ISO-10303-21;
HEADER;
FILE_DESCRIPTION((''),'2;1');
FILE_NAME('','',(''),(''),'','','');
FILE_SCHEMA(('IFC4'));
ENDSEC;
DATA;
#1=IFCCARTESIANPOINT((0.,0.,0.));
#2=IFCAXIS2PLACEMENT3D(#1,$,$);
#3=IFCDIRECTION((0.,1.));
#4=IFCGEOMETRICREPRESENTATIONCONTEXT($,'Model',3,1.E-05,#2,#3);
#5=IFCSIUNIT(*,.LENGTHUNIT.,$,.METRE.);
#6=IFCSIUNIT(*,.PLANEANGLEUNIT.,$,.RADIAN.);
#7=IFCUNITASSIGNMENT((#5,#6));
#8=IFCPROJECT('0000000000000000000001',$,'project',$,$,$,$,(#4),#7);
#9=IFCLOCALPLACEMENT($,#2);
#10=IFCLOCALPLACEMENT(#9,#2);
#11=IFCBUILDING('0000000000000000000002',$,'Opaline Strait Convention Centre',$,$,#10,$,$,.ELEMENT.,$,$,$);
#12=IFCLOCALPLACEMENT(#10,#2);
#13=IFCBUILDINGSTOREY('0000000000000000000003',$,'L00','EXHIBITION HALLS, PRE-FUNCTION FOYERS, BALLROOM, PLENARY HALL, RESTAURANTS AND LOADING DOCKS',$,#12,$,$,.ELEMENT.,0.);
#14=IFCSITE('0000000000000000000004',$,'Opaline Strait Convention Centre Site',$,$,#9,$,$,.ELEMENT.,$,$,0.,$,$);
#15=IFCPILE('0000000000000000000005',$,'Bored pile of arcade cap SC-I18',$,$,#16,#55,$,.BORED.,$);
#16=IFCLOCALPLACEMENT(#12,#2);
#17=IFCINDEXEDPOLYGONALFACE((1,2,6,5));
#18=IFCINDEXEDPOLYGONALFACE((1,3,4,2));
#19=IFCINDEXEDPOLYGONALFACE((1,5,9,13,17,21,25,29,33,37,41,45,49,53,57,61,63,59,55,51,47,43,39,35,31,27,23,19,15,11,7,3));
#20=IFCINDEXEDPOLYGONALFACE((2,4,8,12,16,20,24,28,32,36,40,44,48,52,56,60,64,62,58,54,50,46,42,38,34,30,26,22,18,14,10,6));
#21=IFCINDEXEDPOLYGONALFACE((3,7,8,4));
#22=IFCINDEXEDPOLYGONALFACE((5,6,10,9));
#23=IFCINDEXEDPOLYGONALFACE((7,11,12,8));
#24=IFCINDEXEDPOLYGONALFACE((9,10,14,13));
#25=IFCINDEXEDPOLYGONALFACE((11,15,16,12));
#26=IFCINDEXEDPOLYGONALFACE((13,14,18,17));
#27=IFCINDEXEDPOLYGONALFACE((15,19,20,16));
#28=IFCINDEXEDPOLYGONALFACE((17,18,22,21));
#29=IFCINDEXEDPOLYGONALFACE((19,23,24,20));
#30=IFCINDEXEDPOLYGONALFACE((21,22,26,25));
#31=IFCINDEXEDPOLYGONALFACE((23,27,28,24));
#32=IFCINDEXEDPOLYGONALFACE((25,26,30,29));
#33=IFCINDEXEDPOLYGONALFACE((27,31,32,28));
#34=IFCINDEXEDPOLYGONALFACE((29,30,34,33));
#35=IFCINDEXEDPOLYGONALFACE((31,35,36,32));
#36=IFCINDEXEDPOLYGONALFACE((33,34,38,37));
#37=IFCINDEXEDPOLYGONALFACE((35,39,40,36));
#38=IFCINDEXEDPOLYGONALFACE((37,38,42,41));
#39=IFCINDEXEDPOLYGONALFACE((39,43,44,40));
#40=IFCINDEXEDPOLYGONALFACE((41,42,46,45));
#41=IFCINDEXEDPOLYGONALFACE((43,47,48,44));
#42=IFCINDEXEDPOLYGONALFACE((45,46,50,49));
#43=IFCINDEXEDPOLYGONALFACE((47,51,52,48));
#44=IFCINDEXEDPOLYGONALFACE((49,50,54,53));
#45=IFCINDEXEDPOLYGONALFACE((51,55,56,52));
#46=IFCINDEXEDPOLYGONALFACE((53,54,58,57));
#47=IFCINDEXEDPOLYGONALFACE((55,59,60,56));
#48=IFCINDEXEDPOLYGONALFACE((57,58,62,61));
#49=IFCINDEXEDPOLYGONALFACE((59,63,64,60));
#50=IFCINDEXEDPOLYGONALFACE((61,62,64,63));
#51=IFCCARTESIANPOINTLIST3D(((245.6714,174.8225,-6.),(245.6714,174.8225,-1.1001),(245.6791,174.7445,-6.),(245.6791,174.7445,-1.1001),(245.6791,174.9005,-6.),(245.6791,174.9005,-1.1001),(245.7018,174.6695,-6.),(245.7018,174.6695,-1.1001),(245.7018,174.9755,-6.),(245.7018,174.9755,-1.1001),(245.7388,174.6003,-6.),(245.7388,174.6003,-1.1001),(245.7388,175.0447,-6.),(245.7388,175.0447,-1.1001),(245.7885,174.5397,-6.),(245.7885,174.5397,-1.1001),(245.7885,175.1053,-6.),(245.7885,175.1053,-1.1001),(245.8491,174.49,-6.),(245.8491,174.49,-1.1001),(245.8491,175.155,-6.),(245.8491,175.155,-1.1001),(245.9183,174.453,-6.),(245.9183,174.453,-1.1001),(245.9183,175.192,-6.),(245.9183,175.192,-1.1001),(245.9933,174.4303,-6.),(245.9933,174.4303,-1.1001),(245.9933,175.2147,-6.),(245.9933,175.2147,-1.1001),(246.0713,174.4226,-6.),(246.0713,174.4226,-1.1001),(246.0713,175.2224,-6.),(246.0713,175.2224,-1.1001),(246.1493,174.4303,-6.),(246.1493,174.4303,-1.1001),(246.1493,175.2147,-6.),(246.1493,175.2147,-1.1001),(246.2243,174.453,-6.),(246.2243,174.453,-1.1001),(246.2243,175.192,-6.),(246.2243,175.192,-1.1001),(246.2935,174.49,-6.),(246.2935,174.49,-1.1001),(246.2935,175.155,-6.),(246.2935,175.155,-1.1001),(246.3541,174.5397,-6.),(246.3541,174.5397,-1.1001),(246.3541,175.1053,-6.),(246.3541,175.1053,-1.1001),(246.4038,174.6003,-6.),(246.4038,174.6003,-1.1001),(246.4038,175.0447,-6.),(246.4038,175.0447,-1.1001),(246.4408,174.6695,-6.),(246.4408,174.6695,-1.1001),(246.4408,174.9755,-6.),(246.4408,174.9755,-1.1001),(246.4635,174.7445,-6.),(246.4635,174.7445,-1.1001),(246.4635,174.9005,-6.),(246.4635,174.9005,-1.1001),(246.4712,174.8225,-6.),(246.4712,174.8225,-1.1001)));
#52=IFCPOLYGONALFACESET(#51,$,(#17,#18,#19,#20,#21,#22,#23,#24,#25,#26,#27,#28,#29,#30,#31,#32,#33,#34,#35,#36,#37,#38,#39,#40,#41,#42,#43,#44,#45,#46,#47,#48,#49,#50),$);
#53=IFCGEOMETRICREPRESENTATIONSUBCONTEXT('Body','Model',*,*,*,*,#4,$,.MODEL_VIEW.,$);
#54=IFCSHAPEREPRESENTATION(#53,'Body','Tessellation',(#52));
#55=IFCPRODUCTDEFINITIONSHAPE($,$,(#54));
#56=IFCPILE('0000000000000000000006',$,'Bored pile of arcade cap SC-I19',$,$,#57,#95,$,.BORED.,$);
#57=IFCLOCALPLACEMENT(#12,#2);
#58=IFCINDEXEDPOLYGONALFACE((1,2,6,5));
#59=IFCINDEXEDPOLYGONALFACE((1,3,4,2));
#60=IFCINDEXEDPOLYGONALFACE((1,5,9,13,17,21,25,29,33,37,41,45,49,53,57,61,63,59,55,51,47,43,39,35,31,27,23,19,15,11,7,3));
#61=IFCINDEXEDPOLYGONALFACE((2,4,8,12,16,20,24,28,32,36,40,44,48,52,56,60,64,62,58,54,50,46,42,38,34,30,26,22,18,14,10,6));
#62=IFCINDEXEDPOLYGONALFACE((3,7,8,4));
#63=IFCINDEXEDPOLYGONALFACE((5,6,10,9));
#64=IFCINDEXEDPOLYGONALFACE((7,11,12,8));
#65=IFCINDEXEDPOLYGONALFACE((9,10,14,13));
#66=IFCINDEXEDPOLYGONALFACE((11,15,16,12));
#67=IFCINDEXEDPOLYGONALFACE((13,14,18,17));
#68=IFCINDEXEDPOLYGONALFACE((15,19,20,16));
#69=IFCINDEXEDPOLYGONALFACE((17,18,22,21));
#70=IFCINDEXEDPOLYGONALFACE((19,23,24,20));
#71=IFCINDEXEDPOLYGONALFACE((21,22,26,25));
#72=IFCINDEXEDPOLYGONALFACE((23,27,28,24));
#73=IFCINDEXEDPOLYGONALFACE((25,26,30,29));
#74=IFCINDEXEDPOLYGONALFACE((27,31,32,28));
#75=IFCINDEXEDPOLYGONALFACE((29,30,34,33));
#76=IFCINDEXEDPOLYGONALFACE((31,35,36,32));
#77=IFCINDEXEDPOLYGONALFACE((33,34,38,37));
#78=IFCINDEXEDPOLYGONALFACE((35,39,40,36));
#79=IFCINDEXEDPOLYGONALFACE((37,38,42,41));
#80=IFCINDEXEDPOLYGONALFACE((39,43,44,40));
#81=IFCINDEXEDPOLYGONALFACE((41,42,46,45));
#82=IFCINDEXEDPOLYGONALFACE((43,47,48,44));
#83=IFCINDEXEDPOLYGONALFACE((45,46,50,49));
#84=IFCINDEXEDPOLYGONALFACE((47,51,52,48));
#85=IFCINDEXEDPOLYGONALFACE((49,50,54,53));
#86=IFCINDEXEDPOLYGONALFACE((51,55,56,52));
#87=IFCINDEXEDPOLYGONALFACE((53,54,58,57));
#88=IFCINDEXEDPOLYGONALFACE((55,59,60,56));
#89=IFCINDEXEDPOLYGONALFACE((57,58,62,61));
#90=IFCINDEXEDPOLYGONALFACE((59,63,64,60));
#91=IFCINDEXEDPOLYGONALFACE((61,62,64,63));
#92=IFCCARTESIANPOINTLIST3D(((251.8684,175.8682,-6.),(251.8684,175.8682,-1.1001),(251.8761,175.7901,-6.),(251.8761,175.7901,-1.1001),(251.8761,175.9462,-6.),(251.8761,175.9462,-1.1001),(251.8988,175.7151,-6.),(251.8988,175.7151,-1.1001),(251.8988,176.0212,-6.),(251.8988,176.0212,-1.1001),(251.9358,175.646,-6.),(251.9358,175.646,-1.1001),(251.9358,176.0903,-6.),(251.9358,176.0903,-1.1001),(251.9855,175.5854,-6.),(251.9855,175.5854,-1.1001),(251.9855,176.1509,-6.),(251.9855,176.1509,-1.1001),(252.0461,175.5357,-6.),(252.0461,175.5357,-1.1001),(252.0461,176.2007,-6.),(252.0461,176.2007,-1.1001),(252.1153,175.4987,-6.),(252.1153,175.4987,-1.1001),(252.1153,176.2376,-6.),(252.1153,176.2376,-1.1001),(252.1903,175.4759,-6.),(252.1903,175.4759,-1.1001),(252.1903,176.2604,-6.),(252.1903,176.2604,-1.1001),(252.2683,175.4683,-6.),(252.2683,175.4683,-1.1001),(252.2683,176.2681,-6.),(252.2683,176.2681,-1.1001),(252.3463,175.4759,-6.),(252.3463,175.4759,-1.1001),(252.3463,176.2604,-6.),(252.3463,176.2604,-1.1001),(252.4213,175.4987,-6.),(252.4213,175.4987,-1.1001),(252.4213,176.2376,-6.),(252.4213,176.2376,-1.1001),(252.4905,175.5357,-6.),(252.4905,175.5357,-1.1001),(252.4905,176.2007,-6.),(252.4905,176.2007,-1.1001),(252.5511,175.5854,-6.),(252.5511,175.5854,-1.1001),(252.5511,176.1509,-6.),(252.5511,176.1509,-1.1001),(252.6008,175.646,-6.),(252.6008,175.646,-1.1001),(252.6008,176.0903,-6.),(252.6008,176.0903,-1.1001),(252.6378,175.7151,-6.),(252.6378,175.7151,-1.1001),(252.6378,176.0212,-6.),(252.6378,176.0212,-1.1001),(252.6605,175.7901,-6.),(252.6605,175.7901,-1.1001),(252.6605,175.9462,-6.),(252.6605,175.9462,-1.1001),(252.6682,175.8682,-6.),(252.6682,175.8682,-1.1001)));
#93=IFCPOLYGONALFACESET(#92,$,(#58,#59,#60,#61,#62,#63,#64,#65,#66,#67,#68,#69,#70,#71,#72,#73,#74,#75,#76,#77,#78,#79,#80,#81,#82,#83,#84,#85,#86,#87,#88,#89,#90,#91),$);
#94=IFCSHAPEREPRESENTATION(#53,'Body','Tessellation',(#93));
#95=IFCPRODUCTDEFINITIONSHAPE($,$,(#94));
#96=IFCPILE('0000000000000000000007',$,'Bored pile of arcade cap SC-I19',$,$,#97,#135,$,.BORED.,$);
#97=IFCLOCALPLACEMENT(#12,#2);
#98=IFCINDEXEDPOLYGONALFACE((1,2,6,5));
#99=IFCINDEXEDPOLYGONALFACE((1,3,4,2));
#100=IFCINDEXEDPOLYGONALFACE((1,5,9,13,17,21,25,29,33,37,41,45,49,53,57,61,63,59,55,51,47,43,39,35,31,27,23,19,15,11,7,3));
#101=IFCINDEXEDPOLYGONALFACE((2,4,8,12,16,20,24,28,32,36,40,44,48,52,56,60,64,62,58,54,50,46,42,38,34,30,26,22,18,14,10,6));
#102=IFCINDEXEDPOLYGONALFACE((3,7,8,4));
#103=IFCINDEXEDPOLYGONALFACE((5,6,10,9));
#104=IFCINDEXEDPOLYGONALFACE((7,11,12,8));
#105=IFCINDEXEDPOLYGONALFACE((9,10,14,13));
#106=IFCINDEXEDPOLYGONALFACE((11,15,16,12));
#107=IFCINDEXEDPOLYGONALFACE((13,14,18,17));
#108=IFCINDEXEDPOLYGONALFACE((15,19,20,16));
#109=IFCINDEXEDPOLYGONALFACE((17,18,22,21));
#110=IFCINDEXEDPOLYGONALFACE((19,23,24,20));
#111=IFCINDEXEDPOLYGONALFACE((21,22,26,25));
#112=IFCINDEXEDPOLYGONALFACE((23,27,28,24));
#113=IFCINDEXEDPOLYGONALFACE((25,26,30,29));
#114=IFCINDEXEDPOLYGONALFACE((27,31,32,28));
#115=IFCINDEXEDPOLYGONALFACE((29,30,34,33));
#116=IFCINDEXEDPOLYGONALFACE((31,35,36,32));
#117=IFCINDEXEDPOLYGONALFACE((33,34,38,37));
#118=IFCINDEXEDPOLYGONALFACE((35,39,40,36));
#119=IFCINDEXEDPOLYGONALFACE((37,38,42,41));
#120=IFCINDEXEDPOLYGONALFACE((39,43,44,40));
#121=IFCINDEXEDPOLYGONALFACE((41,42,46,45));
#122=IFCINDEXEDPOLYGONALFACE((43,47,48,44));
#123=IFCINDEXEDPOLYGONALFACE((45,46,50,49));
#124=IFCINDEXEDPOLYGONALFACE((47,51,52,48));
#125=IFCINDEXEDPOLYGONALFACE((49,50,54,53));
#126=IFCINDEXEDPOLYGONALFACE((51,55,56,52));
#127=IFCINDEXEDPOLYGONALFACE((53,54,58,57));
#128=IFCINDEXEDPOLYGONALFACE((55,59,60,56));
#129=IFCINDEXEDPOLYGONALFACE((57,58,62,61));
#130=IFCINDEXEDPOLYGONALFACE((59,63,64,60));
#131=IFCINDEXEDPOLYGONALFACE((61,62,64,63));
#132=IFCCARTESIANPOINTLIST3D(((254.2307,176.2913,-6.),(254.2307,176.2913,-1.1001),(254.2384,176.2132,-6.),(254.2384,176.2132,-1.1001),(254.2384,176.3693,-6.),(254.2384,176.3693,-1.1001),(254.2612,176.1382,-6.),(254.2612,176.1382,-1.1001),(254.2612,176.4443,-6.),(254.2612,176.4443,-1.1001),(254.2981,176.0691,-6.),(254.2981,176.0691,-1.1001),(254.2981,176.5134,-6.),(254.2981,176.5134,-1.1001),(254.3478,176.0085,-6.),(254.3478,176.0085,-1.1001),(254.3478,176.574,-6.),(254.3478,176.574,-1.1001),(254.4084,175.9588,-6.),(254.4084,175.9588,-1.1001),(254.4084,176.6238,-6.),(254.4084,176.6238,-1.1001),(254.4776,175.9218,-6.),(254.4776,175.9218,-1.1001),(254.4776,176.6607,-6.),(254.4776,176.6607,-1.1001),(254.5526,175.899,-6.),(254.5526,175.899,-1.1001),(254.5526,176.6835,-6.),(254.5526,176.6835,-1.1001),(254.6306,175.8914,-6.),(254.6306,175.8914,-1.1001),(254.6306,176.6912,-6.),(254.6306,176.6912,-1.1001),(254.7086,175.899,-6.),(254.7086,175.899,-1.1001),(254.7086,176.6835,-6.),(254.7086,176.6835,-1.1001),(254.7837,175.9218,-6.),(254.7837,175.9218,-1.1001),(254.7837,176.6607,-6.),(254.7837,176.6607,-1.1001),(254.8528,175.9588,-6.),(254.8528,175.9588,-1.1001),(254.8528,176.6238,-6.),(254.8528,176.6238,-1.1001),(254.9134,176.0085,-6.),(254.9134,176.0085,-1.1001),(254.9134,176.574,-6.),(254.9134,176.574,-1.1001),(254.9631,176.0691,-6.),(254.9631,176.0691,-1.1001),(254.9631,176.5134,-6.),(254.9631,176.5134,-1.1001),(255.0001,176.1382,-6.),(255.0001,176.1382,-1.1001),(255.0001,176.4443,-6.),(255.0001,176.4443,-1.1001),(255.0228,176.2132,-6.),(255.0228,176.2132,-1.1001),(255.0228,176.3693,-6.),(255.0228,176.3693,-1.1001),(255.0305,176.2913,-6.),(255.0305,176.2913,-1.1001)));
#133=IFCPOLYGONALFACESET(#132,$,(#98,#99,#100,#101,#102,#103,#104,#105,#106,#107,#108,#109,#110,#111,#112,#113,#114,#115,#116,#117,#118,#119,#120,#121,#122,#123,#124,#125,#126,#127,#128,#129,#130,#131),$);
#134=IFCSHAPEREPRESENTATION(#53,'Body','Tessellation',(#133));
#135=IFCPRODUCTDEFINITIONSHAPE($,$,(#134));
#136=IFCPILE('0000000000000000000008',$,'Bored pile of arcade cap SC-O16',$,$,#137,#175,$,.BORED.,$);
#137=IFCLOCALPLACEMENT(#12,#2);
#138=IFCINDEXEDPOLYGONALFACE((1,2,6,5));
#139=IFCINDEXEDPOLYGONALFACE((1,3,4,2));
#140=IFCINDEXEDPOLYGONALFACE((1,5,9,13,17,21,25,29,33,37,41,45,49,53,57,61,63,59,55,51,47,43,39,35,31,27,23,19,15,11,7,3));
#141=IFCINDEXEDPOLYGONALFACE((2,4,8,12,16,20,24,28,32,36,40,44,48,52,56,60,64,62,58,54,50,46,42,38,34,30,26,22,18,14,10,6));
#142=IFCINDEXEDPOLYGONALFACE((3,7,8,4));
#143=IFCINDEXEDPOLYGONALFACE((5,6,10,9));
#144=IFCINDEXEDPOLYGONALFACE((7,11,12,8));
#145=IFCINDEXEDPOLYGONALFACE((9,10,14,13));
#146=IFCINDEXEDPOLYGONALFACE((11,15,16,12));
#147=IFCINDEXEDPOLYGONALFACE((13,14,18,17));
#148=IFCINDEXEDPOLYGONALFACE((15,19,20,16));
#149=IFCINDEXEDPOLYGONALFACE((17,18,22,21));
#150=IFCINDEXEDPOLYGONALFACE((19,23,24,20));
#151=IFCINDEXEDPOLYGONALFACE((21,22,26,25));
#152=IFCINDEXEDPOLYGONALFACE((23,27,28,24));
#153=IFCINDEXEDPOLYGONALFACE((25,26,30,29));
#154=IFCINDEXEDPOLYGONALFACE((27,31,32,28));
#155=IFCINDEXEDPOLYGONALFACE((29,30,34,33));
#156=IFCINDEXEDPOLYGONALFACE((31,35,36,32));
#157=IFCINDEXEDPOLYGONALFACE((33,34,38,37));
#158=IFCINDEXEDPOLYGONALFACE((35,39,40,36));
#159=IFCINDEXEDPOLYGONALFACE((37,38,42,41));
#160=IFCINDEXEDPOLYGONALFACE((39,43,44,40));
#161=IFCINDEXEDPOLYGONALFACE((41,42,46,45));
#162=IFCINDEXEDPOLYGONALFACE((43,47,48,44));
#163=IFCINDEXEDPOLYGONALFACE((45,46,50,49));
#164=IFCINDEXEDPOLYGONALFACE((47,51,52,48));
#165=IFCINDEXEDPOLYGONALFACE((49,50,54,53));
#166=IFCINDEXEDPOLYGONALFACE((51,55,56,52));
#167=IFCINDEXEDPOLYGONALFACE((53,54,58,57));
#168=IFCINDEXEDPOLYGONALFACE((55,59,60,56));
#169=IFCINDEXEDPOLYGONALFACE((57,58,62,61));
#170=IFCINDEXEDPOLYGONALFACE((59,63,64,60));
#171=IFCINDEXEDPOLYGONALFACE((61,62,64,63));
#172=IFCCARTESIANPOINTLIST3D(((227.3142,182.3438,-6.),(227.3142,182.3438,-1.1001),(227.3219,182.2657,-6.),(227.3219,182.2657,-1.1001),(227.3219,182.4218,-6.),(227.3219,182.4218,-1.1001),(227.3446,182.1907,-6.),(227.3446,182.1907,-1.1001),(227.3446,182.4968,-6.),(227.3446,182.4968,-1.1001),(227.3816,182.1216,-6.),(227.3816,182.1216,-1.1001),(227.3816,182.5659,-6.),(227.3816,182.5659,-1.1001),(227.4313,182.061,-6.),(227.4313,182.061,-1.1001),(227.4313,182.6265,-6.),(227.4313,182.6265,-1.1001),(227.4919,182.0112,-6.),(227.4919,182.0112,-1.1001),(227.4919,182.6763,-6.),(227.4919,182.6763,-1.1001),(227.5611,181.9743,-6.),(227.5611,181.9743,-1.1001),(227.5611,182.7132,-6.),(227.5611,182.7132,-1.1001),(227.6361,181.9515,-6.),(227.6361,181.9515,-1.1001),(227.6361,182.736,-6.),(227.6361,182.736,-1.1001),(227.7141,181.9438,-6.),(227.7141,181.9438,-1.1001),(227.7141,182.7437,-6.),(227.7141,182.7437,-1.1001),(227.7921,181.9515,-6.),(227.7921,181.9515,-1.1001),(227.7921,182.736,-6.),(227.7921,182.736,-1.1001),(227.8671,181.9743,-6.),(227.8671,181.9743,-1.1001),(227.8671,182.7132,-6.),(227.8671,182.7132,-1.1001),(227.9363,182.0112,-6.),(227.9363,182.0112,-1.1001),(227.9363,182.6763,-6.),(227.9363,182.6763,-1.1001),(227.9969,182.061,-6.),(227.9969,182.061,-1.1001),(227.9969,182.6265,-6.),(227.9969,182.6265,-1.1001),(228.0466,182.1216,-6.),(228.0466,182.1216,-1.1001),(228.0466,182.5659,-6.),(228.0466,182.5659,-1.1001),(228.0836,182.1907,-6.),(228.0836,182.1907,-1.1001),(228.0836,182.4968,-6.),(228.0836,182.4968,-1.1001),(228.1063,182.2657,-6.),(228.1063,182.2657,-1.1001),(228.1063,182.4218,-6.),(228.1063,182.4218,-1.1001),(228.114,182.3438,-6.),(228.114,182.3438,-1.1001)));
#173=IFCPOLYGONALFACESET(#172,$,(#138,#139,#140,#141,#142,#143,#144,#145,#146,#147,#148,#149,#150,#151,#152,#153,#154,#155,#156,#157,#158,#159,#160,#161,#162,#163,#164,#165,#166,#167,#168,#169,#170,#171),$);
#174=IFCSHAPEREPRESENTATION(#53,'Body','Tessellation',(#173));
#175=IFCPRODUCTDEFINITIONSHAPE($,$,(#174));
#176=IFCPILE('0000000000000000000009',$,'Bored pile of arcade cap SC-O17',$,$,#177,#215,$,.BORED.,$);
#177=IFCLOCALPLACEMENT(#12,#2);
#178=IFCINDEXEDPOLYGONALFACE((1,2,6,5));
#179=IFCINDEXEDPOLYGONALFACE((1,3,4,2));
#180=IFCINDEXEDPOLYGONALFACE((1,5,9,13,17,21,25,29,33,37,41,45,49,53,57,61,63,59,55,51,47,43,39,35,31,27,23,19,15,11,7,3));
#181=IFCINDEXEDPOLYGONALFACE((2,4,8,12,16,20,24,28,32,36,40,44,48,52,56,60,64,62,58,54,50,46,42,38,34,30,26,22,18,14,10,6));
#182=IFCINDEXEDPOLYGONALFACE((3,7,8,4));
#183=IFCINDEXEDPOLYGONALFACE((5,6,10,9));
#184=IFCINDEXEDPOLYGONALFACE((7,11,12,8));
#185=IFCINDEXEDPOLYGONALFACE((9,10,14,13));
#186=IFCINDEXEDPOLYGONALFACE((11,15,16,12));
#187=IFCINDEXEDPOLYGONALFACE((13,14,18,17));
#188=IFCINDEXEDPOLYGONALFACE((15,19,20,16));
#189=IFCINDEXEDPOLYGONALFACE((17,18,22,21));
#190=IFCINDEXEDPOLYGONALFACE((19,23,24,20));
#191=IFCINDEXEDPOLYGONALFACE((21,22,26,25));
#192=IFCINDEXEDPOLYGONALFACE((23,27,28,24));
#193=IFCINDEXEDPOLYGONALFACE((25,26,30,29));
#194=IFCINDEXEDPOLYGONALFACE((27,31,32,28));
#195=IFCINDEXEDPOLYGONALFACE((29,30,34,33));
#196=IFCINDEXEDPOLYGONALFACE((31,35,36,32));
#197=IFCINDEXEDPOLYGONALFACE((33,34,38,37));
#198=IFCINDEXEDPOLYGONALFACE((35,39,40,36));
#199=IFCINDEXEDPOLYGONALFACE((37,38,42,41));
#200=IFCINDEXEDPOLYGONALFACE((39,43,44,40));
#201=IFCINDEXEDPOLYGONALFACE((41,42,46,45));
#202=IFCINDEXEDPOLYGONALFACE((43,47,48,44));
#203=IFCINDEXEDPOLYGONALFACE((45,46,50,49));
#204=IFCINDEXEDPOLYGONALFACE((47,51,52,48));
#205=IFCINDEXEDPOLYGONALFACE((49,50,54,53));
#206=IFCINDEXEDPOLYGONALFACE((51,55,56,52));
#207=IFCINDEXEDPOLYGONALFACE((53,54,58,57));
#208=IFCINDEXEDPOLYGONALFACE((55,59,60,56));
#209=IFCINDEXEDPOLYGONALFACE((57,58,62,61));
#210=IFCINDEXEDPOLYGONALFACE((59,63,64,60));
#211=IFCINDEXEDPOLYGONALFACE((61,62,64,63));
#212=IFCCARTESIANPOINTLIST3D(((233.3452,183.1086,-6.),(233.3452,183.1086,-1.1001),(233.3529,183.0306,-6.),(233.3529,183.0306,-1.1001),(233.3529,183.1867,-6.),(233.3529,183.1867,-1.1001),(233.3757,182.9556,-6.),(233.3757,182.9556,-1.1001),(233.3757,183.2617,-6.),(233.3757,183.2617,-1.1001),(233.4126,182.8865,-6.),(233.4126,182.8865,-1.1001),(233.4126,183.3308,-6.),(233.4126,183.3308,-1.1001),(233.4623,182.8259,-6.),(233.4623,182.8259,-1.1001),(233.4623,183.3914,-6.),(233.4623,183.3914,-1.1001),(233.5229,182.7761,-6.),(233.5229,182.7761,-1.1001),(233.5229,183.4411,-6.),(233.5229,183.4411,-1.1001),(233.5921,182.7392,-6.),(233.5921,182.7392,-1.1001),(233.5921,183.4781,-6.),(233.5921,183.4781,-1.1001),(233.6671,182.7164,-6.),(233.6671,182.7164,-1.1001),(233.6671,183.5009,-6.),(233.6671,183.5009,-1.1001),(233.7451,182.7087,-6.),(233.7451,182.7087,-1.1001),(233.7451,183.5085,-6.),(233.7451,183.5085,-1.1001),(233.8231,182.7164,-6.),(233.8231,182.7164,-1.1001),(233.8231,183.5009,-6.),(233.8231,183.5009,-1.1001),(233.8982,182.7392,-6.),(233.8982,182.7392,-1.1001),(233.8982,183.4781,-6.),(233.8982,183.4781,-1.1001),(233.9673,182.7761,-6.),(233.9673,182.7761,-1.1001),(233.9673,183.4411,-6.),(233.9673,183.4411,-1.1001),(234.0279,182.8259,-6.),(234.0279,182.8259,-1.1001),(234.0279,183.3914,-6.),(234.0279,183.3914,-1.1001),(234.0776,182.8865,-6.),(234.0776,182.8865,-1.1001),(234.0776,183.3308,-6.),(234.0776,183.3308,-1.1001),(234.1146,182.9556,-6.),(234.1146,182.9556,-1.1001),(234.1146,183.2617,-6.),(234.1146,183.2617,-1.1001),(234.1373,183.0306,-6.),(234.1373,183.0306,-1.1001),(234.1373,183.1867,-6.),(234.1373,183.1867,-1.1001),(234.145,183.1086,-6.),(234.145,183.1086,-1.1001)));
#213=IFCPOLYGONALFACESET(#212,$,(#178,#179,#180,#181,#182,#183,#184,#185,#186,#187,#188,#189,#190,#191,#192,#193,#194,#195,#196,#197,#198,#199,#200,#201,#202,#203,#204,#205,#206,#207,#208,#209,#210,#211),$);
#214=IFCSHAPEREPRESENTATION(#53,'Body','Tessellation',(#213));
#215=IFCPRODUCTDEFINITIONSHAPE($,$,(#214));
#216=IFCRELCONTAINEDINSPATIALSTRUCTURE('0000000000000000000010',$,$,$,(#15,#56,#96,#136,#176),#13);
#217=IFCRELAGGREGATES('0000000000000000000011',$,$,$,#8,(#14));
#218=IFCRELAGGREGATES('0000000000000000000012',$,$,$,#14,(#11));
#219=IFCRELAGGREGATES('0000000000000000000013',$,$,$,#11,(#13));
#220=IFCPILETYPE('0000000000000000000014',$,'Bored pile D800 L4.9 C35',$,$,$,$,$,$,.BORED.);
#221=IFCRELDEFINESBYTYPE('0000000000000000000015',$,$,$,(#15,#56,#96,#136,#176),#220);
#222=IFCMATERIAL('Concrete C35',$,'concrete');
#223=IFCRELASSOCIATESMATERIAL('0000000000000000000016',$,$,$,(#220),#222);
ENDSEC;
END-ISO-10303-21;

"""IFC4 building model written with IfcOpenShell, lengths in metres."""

from ifc_helpers import new_model, si_unit, direction, frame, origin, origin_2d, place, context, subcontext, project, spatial, circle, extrude, material, material_profile, profile_set, type_object, element, save


model = new_model("IFC4")

# Units and contexts
model_context = context("Model", 3, precision=1e-05, world=origin(), true_north=direction((0.0, 1.0)))
body_context = subcontext(model_context, "Body", "Model", "MODEL_VIEW")
ifc_project = project(units=[si_unit("LENGTHUNIT", "METRE"), si_unit("PLANEANGLEUNIT", "RADIAN")], contexts=[model_context])

# Site, building, storey
site_placement = place(None, origin())
site = spatial("IfcSite", under=ifc_project, at=site_placement, Name="Opaline Strait Convention Centre Site", CompositionType="ELEMENT", RefElevation=0.0)
building_placement = place(site_placement, origin())
building = spatial("IfcBuilding", under=site, at=building_placement, Name="Opaline Strait Convention Centre", CompositionType="ELEMENT")
storey_placement = place(building_placement, origin())
storey = spatial("IfcBuildingStorey", under=building, at=storey_placement, Name="L00", Description="EXHIBITION HALLS, PRE-FUNCTION FOYERS, BALLROOM, PLENARY HALL, RESTAURANTS AND LOADING DOCKS", CompositionType="ELEMENT", Elevation=0.0)

# Piles
ifc_material_1 = material(Name="Concrete C35", Category="concrete")
ifc_material_profile_1 = material_profile(ifc_material_1, circle(Radius=0.3999, at=origin_2d()), Name="D800")
ifc_profile_set_1 = profile_set([ifc_material_profile_1], Name="Concrete C35")
pile_type_1 = type_object("IfcPileType", Name="Bored pile D800 L4.9 C35", PredefinedType="BORED", material=ifc_profile_set_1)
for number, where, z_axis, x_axis, name in (
    (1, (246.0713, 174.8225, -1.1001), (0.0, 0.0, -1.0), (1.0, 0.0, 0.0), "Bored pile of arcade cap SC-I18"),
    (2, (252.2683, 175.8682, -1.1001), (0.0, 0.0, -1.0), (1.0, 0.0, 0.0), "Bored pile of arcade cap SC-I19"),
    (3, (254.6306, 176.2913, -1.1001), (0.0, 0.0, -1.0), (1.0, 0.0, 0.0), "Bored pile of arcade cap SC-I19"),
    (4, (227.7141, 182.3438, -1.1001), (0.0, 0.0, -1.0), (1.0, 0.0, 0.0), "Bored pile of arcade cap SC-O16"),
    (5, (233.7451, 183.1086, -1.1001), (0.0, 0.0, -1.0), (1.0, 0.0, 0.0), "Bored pile of arcade cap SC-O17"),
):
    element("IfcPile", number, at=place(storey_placement, frame(where, z_axis=z_axis, x_axis=x_axis)), inside=storey, type_object=pile_type_1, Name=name, PredefinedType="BORED", context=body_context, shape_type="SweptSolid", body=[
        extrude(circle(Radius=0.3999, at=origin_2d()), origin(), (0.0, 0.0, 1.0), 4.8999),
    ])

save(model, "model.ifc")
